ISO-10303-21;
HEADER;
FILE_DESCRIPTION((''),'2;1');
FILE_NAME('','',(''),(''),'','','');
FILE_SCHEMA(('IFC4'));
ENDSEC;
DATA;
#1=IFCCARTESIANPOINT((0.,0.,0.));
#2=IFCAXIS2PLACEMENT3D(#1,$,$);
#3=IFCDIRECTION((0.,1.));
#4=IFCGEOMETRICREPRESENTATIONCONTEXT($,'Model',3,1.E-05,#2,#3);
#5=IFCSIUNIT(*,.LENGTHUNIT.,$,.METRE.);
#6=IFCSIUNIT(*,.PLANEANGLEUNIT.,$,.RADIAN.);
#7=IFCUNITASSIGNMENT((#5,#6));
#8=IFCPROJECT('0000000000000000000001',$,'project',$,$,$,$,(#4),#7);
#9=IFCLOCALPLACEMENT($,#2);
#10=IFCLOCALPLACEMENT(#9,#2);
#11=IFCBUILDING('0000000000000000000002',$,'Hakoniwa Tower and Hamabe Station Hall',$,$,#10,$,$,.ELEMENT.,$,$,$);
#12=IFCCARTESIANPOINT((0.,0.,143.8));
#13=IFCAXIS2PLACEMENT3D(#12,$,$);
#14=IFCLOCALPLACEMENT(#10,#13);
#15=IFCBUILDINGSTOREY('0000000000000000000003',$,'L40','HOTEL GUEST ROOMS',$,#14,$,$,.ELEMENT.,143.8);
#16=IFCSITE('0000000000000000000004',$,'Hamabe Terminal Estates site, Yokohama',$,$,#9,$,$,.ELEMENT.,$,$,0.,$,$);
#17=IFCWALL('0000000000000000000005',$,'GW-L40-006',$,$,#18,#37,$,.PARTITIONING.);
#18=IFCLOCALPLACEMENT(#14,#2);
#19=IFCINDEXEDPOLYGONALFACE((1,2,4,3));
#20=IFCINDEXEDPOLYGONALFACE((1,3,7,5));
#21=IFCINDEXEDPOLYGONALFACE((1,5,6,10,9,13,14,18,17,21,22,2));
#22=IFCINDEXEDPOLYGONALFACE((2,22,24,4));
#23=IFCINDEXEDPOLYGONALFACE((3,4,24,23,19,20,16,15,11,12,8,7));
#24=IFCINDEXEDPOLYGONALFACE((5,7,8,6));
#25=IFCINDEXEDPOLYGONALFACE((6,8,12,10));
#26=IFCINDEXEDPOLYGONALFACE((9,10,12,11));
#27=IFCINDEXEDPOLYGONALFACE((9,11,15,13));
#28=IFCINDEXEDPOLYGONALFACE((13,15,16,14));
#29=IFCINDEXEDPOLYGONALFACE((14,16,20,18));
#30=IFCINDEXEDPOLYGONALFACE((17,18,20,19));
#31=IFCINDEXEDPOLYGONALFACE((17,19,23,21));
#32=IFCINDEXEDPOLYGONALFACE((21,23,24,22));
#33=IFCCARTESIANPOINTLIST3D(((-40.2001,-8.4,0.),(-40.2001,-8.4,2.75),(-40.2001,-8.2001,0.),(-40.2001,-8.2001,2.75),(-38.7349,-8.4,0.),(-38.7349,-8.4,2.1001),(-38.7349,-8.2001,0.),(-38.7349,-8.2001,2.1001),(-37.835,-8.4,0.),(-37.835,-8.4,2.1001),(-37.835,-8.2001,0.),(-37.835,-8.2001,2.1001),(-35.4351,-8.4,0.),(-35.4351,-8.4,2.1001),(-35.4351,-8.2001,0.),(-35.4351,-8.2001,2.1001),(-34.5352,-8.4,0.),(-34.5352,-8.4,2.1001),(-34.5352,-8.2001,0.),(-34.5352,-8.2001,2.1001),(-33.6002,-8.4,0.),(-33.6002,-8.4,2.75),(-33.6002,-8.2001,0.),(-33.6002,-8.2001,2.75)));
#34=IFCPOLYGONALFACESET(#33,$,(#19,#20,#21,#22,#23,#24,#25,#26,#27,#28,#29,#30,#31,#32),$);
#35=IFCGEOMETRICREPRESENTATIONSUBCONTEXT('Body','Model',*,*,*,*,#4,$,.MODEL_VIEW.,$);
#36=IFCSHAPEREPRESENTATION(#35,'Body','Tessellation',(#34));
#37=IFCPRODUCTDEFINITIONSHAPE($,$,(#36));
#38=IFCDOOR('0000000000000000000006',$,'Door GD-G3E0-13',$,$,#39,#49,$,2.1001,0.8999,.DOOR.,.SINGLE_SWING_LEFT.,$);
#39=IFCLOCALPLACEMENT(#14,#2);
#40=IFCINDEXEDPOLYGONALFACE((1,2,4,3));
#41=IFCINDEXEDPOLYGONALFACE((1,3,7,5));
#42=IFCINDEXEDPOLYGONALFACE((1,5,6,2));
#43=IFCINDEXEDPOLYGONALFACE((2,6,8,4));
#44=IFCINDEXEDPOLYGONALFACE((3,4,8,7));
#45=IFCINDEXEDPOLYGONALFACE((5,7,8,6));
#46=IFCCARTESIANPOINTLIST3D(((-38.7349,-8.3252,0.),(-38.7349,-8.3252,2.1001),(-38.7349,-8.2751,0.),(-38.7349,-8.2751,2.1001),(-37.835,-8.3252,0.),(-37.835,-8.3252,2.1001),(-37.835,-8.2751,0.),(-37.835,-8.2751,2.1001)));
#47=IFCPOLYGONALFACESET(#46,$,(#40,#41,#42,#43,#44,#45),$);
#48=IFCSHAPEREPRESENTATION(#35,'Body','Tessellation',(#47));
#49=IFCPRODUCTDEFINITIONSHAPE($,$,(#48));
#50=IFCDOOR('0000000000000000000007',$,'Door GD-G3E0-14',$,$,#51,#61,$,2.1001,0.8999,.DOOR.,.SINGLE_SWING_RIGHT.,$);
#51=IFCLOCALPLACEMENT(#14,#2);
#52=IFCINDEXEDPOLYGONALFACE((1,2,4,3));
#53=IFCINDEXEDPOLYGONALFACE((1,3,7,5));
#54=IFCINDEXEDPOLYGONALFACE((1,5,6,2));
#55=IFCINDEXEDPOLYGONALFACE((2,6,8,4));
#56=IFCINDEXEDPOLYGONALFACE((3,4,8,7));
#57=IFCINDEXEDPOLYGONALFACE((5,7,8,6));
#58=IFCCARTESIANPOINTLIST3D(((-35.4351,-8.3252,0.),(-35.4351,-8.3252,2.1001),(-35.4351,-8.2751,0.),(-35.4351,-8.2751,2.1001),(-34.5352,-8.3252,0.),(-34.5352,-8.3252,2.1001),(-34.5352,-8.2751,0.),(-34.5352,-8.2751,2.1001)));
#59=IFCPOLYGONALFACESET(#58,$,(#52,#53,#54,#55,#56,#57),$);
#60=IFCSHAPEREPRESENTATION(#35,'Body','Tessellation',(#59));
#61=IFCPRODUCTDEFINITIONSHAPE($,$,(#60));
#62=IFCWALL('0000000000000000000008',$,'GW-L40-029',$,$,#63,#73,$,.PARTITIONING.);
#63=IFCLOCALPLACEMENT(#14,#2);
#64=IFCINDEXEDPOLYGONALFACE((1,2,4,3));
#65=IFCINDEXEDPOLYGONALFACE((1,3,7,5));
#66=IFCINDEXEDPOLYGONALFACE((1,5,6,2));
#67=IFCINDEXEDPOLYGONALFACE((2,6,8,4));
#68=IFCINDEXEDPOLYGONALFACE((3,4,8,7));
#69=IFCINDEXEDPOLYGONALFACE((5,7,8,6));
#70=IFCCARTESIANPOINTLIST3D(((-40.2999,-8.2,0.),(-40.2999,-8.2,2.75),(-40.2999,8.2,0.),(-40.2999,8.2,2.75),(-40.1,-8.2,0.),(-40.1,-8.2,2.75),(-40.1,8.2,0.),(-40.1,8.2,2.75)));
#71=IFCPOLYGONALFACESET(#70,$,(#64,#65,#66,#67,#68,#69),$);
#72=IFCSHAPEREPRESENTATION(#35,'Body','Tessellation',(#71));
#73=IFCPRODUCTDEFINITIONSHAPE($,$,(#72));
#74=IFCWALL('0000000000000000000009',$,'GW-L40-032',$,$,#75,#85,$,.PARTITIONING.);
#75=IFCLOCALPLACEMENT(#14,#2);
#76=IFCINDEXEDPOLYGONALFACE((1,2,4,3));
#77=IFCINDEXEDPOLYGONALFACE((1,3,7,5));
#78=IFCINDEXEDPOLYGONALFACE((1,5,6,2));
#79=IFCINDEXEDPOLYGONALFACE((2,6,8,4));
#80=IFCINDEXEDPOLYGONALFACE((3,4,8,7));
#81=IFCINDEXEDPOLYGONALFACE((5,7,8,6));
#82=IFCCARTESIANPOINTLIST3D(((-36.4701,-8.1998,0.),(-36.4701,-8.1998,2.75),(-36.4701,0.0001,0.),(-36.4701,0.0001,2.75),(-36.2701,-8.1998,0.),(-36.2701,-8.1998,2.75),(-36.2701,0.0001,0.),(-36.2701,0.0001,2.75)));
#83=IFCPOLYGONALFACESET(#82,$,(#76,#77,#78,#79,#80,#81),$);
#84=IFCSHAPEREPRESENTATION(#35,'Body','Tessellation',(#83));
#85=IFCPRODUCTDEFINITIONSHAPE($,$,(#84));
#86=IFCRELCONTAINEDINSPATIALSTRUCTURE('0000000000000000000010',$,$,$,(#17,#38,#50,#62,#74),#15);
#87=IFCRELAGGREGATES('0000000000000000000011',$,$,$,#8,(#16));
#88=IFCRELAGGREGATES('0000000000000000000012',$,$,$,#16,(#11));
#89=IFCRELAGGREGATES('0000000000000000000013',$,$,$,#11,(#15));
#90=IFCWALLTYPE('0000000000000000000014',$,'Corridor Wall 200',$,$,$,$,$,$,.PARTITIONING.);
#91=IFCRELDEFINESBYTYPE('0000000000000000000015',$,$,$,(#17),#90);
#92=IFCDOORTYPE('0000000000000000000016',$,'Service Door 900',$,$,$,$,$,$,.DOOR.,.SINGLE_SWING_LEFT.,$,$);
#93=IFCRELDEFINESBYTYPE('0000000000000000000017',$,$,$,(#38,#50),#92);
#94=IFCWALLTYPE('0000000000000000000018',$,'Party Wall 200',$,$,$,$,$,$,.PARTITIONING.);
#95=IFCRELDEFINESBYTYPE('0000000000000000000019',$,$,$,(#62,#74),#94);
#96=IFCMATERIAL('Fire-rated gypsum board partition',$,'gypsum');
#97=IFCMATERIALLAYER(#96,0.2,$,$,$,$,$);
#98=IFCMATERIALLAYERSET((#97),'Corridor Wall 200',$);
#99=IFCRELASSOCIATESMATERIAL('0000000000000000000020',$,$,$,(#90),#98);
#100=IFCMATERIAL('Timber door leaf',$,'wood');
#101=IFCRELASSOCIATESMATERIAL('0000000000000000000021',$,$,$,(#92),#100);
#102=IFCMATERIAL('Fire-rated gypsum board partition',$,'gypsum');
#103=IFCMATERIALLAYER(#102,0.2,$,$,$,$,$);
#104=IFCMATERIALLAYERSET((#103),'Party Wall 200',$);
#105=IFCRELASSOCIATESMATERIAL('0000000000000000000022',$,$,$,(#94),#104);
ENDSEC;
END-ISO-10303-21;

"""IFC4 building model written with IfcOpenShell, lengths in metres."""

from ifc_helpers import new_model, si_unit, direction, frame, frame_2d, origin, place, context, subcontext, project, spatial, rectangle, extrude, material, layer, layer_set, type_object, element, fill, save


model = new_model("IFC4")

# Units and contexts
model_context = context("Model", 3, precision=1e-05, world=origin(), true_north=direction((0.0, 1.0)))
body_context = subcontext(model_context, "Body", "Model", "MODEL_VIEW")
ifc_project = project(units=[si_unit("LENGTHUNIT", "METRE"), si_unit("PLANEANGLEUNIT", "RADIAN")], contexts=[model_context])

# Site, building, storey
site_placement = place(None, origin())
site = spatial("IfcSite", under=ifc_project, at=site_placement, Name="Hamabe Terminal Estates site, Yokohama", CompositionType="ELEMENT", RefElevation=0.0)
building_placement = place(site_placement, origin())
building = spatial("IfcBuilding", under=site, at=building_placement, Name="Hakoniwa Tower and Hamabe Station Hall", CompositionType="ELEMENT")
storey_placement = place(building_placement, frame((0.0, 0.0, 143.8)))
storey = spatial("IfcBuildingStorey", under=building, at=storey_placement, Name="L40", Description="HOTEL GUEST ROOMS", CompositionType="ELEMENT", Elevation=143.8)

# Wall, openings, doors
ifc_material_1 = material(Name="Fire-rated gypsum board partition", Category="gypsum")
ifc_layer_1 = layer(ifc_material_1, 0.2)
ifc_layer_set_1 = layer_set([ifc_layer_1], Name="Corridor Wall 200")
wall_type_1 = type_object("IfcWallType", Name="Corridor Wall 200", PredefinedType="PARTITIONING", material=ifc_layer_set_1)
wall_1_placement = place(storey_placement, frame((-40.2, -8.3, 0.0), z_axis=(0.0, 0.0, 1.0), x_axis=(1.0, 0.0, 0.0)))
wall_1 = element("IfcWall", 1, at=wall_1_placement, inside=storey, type_object=wall_type_1, Name="GW-L40-006", PredefinedType="PARTITIONING", context=body_context, shape_type="SweptSolid", body=[
    extrude(rectangle(XDim=6.5999, YDim=0.2, at=frame_2d((3.2998, 0.0))), origin(), (0.0, 0.0, 1.0), 2.75),
])
opening_1_placement = place(wall_1_placement, frame((1.4651, 0.0, 0.0)))
opening_1 = element("IfcOpeningElement", 2, at=opening_1_placement, cuts=wall_1, PredefinedType="OPENING", context=body_context, shape_type="SweptSolid", body=[
    extrude(rectangle(XDim=0.8999, YDim=2.1001, at=frame_2d((0.45, 1.05))), frame((0.0, 0.1099, 0.0), z_axis=(0.0, -1.0, 0.0), x_axis=(1.0, 0.0, 0.0)), (0.0, 0.0, 1.0), 0.22),
])
opening_2_placement = place(wall_1_placement, frame((4.7649, 0.0, 0.0)))
opening_2 = element("IfcOpeningElement", 3, at=opening_2_placement, cuts=wall_1, PredefinedType="OPENING", context=body_context, shape_type="SweptSolid", body=[
    extrude(rectangle(XDim=0.8999, YDim=2.1001, at=frame_2d((0.45, 1.05))), frame((0.0, 0.1099, 0.0), z_axis=(0.0, -1.0, 0.0), x_axis=(1.0, 0.0, 0.0)), (0.0, 0.0, 1.0), 0.22),
])
ifc_material_2 = material(Name="Timber door leaf", Category="wood")
door_type_1 = type_object("IfcDoorType", Name="Service Door 900", OperationType="SINGLE_SWING_LEFT", PredefinedType="DOOR", material=ifc_material_2)
door_1_placement = place(opening_1_placement, origin())
door_1 = element("IfcDoor", 4, at=door_1_placement, inside=storey, type_object=door_type_1, Name="Door GD-G3E0-13", OperationType="SINGLE_SWING_LEFT", OverallHeight=2.1001, OverallWidth=0.8999, PredefinedType="DOOR", context=body_context, shape_type="SweptSolid", body=[
    extrude(rectangle(XDim=0.8999, YDim=2.1001, at=frame_2d((0.45, 1.05))), frame((0.0, 0.0249, 0.0), z_axis=(0.0, -1.0, 0.0), x_axis=(1.0, 0.0, 0.0)), (0.0, 0.0, 1.0), 0.05),
])
fill(opening_1, door_1)
door_2_placement = place(opening_2_placement, origin())
door_2 = element("IfcDoor", 5, at=door_2_placement, inside=storey, type_object=door_type_1, Name="Door GD-G3E0-14", OperationType="SINGLE_SWING_RIGHT", OverallHeight=2.1001, OverallWidth=0.8999, PredefinedType="DOOR", context=body_context, shape_type="SweptSolid", body=[
    extrude(rectangle(XDim=0.8999, YDim=2.1001, at=frame_2d((0.45, 1.05))), frame((0.0, 0.0249, 0.0), z_axis=(0.0, -1.0, 0.0), x_axis=(1.0, 0.0, 0.0)), (0.0, 0.0, 1.0), 0.05),
])
fill(opening_2, door_2)

# Walls
ifc_material_3 = material(Name="Fire-rated gypsum board partition", Category="gypsum")
ifc_layer_2 = layer(ifc_material_3, 0.2)
ifc_layer_set_2 = layer_set([ifc_layer_2], Name="Party Wall 200")
wall_type_2 = type_object("IfcWallType", Name="Party Wall 200", PredefinedType="PARTITIONING", material=ifc_layer_set_2)
wall_2_placement = place(storey_placement, frame((-40.2, -8.2, 0.0), z_axis=(0.0, 0.0, 1.0), x_axis=(0.0, 1.0, 0.0)))
element("IfcWall", 6, at=wall_2_placement, inside=storey, type_object=wall_type_2, Name="GW-L40-029", PredefinedType="PARTITIONING", context=body_context, shape_type="SweptSolid", body=[
    extrude(rectangle(XDim=16.3999, YDim=0.2, at=frame_2d((8.2, 0.0))), origin(), (0.0, 0.0, 1.0), 2.75),
])
wall_3_placement = place(storey_placement, frame((-36.3701, -8.2, 0.0), z_axis=(0.0, 0.0, 1.0), x_axis=(0.0, 1.0, 0.0)))
element("IfcWall", 7, at=wall_3_placement, inside=storey, type_object=wall_type_2, Name="GW-L40-032", PredefinedType="PARTITIONING", context=body_context, shape_type="SweptSolid", body=[
    extrude(rectangle(XDim=8.2, YDim=0.2, at=frame_2d((4.1001, 0.0))), origin(), (0.0, 0.0, 1.0), 2.75),
])

save(model, "model.ifc")
